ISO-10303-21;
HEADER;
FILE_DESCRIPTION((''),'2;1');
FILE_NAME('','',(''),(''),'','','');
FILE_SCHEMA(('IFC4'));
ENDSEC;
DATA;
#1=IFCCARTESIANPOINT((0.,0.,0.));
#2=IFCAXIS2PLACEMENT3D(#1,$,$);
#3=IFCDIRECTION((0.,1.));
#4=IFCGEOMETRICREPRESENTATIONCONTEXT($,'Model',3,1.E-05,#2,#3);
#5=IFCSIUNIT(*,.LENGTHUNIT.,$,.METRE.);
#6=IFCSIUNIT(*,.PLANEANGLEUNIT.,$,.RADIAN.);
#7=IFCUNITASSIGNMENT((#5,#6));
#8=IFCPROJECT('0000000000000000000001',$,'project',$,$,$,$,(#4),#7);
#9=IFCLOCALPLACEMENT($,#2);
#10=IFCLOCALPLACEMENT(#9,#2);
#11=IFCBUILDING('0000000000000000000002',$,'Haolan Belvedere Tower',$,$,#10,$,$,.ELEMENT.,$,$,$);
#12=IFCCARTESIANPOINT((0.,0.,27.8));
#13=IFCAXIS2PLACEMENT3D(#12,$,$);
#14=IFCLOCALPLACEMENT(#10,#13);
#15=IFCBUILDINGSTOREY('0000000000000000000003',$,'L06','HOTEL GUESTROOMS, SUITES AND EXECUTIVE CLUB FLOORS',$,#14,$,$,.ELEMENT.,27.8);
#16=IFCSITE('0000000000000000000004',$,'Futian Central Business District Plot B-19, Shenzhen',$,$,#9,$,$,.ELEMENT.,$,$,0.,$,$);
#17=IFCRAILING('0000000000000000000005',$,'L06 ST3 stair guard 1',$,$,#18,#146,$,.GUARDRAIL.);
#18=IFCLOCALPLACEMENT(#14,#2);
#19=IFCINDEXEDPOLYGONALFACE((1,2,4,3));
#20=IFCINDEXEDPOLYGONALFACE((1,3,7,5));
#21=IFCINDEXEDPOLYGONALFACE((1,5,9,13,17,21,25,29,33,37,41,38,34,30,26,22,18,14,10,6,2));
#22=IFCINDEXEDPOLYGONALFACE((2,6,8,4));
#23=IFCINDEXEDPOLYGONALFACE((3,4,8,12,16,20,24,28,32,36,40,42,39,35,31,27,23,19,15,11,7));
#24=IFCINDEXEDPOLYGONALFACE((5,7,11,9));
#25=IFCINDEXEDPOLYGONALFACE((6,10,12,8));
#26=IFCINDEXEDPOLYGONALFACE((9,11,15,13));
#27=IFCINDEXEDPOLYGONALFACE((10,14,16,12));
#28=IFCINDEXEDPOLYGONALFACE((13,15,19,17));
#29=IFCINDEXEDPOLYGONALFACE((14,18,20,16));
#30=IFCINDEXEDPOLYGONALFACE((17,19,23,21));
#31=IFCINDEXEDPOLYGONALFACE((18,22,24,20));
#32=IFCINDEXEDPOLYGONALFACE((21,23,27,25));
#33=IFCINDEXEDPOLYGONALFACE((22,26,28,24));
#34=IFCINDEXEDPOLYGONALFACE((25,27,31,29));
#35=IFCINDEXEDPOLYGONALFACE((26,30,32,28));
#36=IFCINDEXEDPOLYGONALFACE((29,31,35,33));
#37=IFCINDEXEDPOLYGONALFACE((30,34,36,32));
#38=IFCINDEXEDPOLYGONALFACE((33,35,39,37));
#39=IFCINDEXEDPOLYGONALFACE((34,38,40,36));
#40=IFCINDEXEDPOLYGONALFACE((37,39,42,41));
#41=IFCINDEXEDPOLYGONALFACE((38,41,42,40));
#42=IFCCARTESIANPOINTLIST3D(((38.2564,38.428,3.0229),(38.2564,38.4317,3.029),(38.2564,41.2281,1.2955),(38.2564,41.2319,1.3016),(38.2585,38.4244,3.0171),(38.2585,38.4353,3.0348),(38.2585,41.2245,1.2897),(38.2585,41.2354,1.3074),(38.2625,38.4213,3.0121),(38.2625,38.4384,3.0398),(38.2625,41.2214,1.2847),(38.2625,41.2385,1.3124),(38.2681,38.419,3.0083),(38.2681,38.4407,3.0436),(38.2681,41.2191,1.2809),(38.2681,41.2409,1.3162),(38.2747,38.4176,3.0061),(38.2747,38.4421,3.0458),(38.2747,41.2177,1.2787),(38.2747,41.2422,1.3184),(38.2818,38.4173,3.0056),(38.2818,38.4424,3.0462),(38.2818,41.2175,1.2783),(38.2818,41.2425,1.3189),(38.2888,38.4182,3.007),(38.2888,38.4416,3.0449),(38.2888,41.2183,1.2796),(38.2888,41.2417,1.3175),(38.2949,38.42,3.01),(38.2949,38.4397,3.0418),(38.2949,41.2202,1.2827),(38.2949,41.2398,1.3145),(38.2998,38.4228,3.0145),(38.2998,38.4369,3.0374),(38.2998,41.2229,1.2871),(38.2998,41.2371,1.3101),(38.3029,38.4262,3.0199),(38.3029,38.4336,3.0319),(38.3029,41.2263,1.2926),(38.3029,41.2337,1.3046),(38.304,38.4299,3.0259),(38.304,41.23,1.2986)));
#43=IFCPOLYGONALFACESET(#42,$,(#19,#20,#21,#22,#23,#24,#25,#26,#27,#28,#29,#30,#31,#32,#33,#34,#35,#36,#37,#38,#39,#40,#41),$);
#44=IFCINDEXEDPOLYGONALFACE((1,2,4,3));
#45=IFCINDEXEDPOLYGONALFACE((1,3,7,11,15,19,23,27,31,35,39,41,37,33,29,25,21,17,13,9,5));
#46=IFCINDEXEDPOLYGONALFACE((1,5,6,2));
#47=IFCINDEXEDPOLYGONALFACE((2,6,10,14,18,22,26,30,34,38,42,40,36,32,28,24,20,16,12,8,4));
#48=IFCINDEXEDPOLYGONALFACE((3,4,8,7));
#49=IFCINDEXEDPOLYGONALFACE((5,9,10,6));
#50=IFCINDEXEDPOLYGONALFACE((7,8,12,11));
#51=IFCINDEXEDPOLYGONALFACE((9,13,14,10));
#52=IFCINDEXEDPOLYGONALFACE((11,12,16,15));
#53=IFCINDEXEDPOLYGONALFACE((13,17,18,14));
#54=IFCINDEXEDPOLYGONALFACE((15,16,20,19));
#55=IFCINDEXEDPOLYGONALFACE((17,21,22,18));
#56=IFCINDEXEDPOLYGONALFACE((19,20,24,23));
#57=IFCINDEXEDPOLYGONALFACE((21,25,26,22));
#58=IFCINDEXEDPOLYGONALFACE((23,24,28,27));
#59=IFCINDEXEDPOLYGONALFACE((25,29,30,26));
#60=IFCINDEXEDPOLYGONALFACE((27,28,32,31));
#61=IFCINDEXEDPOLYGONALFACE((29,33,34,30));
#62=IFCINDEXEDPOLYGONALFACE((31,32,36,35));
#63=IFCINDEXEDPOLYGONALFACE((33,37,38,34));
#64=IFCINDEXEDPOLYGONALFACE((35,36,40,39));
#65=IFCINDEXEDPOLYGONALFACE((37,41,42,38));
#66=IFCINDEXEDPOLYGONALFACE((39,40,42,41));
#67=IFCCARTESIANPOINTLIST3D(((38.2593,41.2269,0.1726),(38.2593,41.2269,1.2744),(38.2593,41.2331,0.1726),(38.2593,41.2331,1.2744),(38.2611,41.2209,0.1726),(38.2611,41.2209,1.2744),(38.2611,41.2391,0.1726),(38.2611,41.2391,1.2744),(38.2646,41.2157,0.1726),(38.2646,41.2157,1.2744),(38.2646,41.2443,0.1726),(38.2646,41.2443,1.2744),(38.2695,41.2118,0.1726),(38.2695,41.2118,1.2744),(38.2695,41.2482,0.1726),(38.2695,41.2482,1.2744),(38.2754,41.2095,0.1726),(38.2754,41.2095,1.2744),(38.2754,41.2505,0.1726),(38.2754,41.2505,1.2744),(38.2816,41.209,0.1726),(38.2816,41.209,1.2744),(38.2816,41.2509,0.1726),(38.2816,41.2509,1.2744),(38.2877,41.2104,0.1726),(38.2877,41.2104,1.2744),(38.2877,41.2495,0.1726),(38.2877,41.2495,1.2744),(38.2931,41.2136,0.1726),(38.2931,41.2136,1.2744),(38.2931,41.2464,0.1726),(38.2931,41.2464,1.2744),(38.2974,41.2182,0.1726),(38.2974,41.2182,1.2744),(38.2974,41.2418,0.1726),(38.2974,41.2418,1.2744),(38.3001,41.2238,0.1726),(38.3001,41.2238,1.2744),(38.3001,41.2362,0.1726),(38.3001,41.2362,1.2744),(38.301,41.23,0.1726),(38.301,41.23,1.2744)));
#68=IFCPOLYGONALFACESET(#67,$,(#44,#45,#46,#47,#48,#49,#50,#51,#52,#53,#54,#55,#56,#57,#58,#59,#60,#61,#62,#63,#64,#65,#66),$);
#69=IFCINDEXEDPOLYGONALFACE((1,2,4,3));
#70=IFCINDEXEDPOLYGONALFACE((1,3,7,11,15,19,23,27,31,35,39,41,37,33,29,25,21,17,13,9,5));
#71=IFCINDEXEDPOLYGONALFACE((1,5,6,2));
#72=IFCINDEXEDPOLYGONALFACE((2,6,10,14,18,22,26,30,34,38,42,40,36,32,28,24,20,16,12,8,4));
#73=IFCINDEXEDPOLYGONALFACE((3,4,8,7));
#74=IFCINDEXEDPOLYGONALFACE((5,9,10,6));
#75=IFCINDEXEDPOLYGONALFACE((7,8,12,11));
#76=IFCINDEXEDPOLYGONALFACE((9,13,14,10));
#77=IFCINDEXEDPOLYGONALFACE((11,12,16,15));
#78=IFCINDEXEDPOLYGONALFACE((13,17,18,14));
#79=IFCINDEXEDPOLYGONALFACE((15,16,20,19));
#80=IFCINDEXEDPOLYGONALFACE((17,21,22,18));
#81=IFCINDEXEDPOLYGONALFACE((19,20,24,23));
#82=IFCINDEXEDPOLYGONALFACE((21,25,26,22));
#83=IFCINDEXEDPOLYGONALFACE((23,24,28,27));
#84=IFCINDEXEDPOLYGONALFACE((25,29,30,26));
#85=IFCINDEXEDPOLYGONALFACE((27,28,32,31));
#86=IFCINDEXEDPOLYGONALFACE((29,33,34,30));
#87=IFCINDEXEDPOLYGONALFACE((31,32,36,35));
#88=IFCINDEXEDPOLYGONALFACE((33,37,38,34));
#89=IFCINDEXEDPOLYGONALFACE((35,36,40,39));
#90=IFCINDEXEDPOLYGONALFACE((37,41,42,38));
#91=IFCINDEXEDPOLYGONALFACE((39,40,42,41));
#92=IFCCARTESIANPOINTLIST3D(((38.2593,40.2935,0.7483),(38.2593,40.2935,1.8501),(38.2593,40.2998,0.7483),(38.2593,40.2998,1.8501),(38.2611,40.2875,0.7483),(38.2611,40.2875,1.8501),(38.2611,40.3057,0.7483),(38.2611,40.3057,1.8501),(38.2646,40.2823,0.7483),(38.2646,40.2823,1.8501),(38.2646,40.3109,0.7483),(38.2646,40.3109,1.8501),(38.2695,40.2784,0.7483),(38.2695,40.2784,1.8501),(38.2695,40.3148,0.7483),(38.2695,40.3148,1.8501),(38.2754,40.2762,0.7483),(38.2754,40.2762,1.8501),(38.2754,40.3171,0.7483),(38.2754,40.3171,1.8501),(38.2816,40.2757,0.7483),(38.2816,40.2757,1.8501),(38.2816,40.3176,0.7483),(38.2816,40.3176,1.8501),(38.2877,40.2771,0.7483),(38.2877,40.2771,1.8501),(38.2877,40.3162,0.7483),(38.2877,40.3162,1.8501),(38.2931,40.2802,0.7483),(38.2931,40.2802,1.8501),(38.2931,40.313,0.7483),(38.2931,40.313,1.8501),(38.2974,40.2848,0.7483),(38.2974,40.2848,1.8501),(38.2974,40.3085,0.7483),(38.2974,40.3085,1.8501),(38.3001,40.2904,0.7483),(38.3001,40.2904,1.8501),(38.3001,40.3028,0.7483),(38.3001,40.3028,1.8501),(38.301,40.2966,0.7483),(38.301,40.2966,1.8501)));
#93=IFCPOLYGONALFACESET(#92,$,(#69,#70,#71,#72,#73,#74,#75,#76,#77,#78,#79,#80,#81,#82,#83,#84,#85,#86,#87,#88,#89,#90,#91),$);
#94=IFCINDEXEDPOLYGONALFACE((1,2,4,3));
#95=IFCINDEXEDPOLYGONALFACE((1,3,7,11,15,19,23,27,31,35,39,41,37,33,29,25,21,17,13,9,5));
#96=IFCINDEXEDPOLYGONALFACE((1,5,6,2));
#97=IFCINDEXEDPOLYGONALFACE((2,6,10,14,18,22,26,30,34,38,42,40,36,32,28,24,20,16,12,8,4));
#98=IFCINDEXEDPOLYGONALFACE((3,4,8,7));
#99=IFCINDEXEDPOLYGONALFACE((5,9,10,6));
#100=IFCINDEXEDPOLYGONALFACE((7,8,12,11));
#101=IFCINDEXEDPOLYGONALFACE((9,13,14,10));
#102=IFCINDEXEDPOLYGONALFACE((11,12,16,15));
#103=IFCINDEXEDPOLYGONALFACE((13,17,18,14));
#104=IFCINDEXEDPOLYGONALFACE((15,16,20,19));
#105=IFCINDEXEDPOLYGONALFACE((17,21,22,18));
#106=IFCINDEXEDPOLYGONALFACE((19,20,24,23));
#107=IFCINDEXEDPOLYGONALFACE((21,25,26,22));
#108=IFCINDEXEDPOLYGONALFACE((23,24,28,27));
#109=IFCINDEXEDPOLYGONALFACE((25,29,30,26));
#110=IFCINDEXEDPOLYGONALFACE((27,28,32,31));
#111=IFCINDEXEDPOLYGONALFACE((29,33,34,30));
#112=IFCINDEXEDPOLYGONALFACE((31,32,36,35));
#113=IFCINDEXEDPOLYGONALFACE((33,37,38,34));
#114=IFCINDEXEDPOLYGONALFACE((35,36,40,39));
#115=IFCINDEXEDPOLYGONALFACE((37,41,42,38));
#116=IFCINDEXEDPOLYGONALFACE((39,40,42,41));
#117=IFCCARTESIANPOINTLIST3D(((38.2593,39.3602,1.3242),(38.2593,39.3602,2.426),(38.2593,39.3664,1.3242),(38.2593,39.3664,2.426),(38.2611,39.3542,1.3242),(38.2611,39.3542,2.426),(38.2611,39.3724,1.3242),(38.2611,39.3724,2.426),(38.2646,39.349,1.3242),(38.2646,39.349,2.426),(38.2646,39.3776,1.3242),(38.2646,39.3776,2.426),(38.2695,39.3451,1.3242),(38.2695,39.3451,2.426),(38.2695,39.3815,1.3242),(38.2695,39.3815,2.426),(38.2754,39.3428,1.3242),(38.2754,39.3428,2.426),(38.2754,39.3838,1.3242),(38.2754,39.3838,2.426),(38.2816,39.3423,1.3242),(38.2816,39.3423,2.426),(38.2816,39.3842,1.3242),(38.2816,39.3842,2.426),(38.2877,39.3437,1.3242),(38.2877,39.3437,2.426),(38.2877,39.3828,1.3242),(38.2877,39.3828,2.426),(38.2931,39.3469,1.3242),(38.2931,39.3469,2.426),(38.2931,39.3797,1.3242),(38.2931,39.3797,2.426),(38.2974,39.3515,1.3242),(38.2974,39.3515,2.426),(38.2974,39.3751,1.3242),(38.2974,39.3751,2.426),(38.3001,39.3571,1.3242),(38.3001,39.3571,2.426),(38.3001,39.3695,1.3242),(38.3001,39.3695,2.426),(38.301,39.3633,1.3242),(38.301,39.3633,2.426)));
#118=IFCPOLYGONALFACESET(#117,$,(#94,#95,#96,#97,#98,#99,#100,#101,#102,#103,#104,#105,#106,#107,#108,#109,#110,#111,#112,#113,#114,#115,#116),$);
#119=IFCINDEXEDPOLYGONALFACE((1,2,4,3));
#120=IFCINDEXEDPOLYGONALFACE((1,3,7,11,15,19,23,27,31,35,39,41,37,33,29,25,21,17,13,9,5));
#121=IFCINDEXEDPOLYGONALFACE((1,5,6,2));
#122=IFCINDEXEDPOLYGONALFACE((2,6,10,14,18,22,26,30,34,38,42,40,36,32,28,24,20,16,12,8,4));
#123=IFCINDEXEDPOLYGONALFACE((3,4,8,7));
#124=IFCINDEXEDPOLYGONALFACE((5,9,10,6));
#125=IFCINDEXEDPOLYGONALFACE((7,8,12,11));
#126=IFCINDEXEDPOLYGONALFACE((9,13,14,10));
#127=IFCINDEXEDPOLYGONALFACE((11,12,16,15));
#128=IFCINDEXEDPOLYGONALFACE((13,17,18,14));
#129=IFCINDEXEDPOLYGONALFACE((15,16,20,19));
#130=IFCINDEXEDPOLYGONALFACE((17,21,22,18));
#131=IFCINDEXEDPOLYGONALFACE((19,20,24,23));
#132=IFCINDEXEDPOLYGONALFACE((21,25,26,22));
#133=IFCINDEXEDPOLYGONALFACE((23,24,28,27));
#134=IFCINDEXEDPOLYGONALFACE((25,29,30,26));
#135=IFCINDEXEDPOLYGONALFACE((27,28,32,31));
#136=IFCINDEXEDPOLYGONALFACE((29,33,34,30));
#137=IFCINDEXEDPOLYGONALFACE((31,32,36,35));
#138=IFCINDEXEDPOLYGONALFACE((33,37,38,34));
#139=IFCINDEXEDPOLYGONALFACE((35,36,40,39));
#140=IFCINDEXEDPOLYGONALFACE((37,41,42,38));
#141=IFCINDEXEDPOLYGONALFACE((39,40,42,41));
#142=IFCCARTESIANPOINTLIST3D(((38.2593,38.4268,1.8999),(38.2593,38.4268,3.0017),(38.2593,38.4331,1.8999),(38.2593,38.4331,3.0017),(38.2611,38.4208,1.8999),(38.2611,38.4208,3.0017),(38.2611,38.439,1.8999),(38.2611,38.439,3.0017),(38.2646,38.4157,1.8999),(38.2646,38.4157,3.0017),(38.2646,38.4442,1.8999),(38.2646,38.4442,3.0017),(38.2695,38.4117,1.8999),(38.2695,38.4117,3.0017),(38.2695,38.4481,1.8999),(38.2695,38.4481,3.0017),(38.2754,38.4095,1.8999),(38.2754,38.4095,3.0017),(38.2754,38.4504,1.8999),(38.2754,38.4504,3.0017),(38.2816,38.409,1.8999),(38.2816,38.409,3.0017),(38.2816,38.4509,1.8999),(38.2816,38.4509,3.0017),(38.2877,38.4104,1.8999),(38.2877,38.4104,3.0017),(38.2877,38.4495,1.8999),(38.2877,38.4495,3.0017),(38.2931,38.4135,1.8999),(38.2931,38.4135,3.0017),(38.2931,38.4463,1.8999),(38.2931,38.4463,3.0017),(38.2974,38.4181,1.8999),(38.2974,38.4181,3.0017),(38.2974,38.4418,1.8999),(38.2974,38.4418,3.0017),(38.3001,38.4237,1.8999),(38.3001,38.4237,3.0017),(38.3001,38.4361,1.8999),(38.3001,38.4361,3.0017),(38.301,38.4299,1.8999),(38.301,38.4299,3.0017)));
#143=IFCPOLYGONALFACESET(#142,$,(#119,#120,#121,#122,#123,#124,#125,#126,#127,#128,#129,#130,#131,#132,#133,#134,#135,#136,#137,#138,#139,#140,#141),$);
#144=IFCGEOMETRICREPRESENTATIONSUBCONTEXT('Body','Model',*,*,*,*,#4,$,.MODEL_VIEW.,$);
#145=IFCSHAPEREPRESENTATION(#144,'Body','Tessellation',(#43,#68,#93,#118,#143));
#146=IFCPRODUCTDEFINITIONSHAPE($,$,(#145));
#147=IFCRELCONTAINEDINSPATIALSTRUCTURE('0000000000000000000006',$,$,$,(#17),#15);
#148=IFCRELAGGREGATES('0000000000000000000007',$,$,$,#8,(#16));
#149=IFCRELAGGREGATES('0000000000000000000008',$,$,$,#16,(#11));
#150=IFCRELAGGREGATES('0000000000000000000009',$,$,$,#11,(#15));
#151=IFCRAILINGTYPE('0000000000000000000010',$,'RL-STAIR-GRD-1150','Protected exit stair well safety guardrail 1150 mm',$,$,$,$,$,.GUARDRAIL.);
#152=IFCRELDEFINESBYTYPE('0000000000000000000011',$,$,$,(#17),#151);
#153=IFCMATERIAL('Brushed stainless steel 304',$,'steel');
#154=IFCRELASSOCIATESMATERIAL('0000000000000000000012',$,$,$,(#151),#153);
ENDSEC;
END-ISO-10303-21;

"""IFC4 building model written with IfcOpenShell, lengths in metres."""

from ifc_helpers import new_model, si_unit, direction, frame, origin, origin_2d, place, context, subcontext, project, spatial, circle, extrude, material, type_object, element, save


model = new_model("IFC4")

# Units and contexts
model_context = context("Model", 3, precision=1e-05, world=origin(), true_north=direction((0.0, 1.0)))
body_context = subcontext(model_context, "Body", "Model", "MODEL_VIEW")
ifc_project = project(units=[si_unit("LENGTHUNIT", "METRE"), si_unit("PLANEANGLEUNIT", "RADIAN")], contexts=[model_context])

# Site, building, storey
site_placement = place(None, origin())
site = spatial("IfcSite", under=ifc_project, at=site_placement, Name="Futian Central Business District Plot B-19, Shenzhen", CompositionType="ELEMENT", RefElevation=0.0)
building_placement = place(site_placement, origin())
building = spatial("IfcBuilding", under=site, at=building_placement, Name="Haolan Belvedere Tower", CompositionType="ELEMENT")
storey_placement = place(building_placement, frame((0.0, 0.0, 27.8)))
storey = spatial("IfcBuildingStorey", under=building, at=storey_placement, Name="L06", Description="HOTEL GUESTROOMS, SUITES AND EXECUTIVE CLUB FLOORS", CompositionType="ELEMENT", Elevation=27.8)

# Railing
ifc_material_1 = material(Name="Brushed stainless steel 304", Category="steel")
railing_type_1 = type_object("IfcRailingType", Name="RL-STAIR-GRD-1150", Description="Protected exit stair well safety guardrail 1150 mm", PredefinedType="GUARDRAIL", material=ifc_material_1)
railing_1_placement = place(storey_placement, frame((38.28, 41.23, 0.1726)))
element("IfcRailing", 1, at=railing_1_placement, inside=storey, type_object=railing_type_1, Name="L06 ST3 stair guard 1", PredefinedType="GUARDRAIL", context=body_context, shape_type="SweptSolid", body=[
    extrude(circle(Radius=0.0239, at=origin_2d()), frame((0.0, 0.0, 1.126), z_axis=(0.0, -0.85109, 0.52502), x_axis=(1.0, 0.0, 0.0)), (0.0, 0.0, 1.0), 3.29),
    extrude(circle(Radius=0.021, at=origin_2d()), origin(), (0.0, 0.0, 1.0), 1.1018),
    extrude(circle(Radius=0.021, at=origin_2d()), frame((0.0, -0.9333, 0.5757)), (0.0, 0.0, 1.0), 1.1018),
    extrude(circle(Radius=0.021, at=origin_2d()), frame((0.0, -1.8667, 1.1516)), (0.0, 0.0, 1.0), 1.1018),
    extrude(circle(Radius=0.021, at=origin_2d()), frame((0.0, -2.8, 1.7273)), (0.0, 0.0, 1.0), 1.1018),
])

save(model, "model.ifc")
